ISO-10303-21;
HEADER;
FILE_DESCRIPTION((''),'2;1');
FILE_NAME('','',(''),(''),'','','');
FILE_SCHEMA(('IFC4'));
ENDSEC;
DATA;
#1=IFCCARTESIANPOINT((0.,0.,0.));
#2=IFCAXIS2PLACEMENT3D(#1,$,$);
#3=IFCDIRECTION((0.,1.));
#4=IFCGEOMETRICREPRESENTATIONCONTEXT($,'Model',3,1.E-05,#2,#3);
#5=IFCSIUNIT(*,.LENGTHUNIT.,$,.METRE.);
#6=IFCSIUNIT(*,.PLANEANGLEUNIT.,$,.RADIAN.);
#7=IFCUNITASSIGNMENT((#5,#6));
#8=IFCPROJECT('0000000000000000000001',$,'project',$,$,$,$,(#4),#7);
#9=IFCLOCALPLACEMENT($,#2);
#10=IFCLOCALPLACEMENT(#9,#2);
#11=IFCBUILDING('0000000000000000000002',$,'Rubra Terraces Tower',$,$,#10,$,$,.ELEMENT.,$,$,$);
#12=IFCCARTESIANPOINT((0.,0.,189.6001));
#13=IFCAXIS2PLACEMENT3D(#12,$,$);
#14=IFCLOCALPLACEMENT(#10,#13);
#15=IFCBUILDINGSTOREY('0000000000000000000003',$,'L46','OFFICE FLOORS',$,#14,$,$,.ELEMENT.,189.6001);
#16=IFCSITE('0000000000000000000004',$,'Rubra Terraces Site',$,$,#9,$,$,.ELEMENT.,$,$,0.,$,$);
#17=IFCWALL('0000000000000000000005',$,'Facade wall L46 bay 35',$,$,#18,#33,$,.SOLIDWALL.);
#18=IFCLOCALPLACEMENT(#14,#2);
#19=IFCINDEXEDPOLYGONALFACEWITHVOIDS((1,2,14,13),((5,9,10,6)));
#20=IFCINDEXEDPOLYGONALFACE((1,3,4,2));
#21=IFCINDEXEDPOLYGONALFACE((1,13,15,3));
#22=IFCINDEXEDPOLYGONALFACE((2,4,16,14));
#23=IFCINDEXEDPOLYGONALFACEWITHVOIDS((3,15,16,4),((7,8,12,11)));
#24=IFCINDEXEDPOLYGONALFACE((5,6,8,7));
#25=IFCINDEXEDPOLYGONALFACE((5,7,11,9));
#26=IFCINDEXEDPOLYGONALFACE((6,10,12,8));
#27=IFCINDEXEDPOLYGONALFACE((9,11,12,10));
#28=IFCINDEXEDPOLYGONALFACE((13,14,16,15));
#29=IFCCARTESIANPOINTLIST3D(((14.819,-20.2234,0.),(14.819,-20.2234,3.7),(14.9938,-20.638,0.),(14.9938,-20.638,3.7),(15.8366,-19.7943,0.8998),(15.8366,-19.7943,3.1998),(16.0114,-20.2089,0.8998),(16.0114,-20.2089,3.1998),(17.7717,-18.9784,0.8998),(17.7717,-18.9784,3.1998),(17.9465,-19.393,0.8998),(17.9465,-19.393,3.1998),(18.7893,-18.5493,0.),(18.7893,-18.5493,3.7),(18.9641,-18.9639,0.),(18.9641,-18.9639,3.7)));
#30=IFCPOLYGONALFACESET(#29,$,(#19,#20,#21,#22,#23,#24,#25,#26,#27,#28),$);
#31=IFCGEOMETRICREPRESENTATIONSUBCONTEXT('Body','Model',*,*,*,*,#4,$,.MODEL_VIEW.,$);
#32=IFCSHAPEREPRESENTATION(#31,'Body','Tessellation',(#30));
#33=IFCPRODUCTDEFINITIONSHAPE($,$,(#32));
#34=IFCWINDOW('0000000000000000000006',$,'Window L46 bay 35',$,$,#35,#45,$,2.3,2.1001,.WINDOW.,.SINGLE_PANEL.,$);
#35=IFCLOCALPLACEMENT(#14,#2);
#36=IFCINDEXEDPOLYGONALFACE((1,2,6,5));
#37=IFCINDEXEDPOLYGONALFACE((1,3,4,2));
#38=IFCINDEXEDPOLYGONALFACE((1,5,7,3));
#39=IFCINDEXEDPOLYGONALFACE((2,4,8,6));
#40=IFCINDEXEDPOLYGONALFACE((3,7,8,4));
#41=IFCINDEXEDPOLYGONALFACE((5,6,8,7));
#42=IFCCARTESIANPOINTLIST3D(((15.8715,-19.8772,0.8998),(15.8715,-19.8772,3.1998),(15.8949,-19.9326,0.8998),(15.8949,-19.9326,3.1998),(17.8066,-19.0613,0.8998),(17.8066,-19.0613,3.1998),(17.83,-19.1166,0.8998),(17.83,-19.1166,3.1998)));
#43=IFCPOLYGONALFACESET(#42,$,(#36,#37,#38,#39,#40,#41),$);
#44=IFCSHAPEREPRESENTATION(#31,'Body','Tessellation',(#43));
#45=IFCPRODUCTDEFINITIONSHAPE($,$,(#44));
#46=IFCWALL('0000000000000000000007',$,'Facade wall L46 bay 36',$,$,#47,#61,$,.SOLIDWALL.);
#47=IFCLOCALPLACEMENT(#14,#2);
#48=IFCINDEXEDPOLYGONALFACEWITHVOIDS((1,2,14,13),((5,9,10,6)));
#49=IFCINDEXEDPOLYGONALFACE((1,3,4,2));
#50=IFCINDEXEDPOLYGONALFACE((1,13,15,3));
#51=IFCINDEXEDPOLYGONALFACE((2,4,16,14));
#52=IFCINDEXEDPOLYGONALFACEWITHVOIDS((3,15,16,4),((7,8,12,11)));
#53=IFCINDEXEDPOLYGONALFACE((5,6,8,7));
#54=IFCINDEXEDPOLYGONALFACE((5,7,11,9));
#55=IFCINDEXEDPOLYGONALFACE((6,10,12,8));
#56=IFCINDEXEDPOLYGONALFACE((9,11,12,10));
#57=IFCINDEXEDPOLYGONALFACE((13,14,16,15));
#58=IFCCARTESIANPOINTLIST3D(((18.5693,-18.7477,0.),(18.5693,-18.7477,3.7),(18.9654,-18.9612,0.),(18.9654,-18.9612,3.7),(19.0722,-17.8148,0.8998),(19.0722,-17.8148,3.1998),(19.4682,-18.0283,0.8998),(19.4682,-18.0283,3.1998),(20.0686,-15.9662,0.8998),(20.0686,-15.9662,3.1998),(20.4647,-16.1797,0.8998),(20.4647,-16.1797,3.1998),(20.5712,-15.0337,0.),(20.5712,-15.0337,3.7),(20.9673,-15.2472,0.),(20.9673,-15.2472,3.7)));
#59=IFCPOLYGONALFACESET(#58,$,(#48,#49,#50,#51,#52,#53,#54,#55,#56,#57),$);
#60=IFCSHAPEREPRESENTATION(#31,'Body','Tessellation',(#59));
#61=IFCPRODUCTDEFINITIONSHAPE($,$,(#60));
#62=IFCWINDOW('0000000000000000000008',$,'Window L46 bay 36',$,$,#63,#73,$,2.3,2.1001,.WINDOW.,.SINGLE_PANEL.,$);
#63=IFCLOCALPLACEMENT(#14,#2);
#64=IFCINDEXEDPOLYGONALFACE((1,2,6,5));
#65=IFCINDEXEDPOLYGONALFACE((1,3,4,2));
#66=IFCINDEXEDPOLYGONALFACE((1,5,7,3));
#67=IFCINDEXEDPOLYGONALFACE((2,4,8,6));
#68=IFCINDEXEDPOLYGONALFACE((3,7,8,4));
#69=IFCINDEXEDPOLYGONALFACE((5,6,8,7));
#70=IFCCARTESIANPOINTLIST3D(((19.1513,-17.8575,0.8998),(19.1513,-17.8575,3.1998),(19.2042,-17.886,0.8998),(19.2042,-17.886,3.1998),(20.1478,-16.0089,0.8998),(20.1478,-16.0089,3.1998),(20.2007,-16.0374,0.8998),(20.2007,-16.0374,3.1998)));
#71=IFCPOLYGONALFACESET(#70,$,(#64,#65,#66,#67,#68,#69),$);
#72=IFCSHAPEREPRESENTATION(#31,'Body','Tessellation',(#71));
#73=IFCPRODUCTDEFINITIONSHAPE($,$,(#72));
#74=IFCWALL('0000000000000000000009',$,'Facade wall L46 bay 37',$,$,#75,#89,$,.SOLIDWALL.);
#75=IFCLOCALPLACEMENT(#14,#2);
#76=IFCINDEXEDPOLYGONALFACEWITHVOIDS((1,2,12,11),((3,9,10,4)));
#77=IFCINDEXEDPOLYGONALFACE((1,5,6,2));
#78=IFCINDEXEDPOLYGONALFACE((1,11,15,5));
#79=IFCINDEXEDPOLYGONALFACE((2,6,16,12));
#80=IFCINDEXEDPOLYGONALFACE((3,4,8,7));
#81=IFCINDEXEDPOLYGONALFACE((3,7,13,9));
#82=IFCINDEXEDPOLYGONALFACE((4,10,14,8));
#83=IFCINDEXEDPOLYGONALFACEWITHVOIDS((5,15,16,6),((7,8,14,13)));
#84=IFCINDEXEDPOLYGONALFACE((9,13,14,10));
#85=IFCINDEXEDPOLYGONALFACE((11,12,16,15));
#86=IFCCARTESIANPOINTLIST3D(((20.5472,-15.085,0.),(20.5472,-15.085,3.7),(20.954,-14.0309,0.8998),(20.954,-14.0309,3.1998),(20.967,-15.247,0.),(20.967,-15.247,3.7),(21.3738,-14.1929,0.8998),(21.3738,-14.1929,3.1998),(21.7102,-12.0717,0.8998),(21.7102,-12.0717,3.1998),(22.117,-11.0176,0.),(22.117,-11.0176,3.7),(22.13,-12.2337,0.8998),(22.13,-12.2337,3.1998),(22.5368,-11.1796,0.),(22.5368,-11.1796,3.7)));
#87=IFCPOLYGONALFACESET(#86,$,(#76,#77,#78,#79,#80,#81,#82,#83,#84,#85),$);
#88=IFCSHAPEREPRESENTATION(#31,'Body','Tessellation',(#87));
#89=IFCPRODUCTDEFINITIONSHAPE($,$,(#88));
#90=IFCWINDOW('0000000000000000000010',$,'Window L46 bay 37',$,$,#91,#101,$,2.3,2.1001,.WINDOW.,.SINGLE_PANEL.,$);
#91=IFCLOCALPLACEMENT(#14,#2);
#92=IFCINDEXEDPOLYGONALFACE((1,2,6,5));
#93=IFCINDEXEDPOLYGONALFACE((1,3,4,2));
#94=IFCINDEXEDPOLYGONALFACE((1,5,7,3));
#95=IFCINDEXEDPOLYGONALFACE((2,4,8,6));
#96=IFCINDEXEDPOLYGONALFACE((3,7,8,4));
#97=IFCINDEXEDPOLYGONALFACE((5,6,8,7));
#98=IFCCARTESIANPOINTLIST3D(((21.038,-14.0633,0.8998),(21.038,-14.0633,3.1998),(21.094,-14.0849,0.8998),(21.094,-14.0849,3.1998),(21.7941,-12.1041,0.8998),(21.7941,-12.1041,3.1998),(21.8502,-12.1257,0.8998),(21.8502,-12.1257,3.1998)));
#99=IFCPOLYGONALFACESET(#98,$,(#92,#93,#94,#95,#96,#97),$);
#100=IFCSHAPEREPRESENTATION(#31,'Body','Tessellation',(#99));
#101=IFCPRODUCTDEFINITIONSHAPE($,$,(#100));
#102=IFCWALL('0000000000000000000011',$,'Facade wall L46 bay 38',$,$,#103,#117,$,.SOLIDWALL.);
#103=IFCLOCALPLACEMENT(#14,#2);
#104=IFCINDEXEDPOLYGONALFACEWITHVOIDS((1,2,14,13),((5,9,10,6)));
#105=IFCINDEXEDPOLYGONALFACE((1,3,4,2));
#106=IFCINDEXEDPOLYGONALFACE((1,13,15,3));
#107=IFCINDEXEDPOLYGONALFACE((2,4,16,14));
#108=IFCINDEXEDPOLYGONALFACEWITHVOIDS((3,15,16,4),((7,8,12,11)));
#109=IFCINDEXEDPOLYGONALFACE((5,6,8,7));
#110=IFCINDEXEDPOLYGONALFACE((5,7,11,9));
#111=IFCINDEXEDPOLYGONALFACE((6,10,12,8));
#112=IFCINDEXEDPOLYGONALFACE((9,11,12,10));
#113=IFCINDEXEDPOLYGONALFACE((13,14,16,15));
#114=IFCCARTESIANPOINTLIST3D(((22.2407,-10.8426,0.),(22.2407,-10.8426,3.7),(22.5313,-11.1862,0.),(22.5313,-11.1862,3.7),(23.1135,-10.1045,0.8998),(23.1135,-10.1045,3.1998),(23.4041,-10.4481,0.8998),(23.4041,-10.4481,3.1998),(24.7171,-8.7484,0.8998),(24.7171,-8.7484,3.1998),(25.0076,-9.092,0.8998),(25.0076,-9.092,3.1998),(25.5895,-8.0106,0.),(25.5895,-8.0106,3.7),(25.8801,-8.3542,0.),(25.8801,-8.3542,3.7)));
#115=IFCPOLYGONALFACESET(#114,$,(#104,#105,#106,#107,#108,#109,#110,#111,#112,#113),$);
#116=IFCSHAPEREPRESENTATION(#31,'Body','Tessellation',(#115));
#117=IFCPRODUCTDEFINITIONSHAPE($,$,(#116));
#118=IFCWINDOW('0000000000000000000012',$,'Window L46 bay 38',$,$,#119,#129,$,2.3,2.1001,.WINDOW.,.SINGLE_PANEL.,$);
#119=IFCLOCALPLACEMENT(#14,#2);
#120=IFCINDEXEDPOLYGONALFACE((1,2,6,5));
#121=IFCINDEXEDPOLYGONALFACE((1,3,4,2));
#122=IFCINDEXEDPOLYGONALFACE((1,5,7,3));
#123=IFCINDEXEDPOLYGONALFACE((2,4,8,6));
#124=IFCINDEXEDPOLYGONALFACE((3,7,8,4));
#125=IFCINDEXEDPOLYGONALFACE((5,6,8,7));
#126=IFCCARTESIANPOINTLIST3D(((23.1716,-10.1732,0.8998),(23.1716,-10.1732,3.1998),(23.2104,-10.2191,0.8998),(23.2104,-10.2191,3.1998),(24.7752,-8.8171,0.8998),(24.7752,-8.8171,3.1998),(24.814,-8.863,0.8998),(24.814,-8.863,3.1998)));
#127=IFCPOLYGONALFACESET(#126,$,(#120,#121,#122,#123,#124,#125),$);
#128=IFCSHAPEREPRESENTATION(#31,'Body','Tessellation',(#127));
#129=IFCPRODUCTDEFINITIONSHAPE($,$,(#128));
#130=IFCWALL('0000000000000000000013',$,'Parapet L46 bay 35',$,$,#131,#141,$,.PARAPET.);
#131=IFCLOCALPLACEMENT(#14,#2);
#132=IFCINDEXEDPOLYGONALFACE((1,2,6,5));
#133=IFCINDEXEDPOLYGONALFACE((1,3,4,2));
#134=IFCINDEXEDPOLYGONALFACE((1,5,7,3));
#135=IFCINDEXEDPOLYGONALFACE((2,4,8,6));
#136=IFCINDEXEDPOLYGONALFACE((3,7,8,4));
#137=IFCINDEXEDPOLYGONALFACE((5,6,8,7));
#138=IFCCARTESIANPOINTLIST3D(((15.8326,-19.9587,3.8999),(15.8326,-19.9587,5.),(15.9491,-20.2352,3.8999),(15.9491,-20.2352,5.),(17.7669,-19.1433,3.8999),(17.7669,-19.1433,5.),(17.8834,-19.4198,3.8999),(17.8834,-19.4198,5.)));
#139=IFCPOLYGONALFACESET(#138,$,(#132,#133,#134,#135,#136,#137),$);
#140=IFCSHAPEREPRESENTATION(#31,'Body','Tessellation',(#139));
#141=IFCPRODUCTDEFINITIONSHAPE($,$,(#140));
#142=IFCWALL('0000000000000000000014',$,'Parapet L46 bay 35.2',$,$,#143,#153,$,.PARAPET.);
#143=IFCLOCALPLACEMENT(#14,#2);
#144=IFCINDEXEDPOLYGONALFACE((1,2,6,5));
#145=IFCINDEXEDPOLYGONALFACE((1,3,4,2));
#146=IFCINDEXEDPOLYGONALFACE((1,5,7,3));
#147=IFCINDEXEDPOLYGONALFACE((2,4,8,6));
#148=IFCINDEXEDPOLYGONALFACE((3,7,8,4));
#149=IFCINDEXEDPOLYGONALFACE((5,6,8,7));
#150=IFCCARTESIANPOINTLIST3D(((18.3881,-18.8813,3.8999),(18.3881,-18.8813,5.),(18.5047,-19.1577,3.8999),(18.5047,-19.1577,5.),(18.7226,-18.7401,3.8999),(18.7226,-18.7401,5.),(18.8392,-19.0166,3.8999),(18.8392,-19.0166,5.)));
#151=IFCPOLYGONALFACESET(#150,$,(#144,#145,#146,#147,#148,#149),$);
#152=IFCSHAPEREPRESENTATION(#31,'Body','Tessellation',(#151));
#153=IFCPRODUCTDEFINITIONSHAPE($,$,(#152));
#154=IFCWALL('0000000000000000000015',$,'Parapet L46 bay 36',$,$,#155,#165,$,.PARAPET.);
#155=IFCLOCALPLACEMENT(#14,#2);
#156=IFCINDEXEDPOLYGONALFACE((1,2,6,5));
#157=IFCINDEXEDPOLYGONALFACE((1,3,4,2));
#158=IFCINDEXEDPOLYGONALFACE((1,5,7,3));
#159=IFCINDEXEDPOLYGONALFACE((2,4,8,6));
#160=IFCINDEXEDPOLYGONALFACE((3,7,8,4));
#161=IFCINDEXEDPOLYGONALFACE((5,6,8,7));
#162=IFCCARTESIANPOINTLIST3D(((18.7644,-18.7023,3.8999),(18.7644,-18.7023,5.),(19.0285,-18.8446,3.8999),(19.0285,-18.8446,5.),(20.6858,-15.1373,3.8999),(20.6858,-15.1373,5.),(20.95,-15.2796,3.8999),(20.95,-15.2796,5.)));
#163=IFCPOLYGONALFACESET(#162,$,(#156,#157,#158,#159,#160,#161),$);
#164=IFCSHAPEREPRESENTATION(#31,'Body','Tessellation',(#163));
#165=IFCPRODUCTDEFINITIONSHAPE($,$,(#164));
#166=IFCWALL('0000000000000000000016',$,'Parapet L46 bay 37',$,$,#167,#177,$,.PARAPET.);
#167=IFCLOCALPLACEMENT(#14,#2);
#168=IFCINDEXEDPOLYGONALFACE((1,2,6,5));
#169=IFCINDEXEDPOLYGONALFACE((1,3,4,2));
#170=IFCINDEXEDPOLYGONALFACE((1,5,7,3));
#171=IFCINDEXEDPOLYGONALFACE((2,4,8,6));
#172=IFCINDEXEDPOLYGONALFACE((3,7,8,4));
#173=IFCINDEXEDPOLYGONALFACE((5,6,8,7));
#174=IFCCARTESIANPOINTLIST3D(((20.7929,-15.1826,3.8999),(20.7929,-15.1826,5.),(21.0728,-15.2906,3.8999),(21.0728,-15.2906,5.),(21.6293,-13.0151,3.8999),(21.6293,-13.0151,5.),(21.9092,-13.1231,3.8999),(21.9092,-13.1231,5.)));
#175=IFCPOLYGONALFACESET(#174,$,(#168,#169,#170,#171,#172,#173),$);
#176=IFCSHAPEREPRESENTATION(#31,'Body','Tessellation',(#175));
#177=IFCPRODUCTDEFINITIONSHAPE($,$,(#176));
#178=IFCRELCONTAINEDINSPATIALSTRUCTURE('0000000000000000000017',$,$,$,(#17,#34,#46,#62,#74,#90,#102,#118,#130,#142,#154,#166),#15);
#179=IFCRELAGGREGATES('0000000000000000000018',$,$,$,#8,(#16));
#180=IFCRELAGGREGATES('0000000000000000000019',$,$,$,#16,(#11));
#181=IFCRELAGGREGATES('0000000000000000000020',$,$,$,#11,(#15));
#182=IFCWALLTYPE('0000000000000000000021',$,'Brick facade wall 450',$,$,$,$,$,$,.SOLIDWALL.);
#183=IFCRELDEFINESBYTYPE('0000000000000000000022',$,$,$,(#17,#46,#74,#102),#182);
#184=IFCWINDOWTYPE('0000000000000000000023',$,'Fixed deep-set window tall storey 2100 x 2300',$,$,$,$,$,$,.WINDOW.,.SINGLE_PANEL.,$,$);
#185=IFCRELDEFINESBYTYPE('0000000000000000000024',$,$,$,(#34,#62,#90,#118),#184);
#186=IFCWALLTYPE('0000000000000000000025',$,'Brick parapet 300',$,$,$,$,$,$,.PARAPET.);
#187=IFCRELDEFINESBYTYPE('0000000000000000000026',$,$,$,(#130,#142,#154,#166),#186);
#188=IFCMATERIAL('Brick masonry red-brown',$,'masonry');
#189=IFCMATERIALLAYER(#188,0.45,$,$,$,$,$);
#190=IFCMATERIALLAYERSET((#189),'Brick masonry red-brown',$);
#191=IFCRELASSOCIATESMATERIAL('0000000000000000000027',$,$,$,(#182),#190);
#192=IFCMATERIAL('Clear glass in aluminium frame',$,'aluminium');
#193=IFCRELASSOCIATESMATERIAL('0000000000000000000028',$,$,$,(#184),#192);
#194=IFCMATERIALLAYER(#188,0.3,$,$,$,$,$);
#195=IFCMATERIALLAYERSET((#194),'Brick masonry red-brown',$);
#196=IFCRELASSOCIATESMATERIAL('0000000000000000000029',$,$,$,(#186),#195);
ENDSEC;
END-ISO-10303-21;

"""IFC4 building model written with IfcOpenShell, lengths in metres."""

from ifc_helpers import new_model, si_unit, direction, frame, frame_2d, origin, place, context, subcontext, project, spatial, rectangle, extrude, material, layer, layer_set, type_object, element, fill, save


model = new_model("IFC4")

# Units and contexts
model_context = context("Model", 3, precision=1e-05, world=origin(), true_north=direction((0.0, 1.0)))
body_context = subcontext(model_context, "Body", "Model", "MODEL_VIEW")
ifc_project = project(units=[si_unit("LENGTHUNIT", "METRE"), si_unit("PLANEANGLEUNIT", "RADIAN")], contexts=[model_context])

# Site, building, storey
site_placement = place(None, origin())
site = spatial("IfcSite", under=ifc_project, at=site_placement, Name="Rubra Terraces Site", CompositionType="ELEMENT", RefElevation=0.0)
building_placement = place(site_placement, origin())
building = spatial("IfcBuilding", under=site, at=building_placement, Name="Rubra Terraces Tower", CompositionType="ELEMENT")
storey_placement = place(building_placement, frame((0.0, 0.0, 189.6001)))
storey = spatial("IfcBuildingStorey", under=building, at=storey_placement, Name="L46", Description="OFFICE FLOORS", CompositionType="ELEMENT", Elevation=189.6001)

# Walls, openings, windows
ifc_material_1 = material(Name="Brick masonry red-brown", Category="masonry")
ifc_layer_1 = layer(ifc_material_1, 0.45)
ifc_layer_set_1 = layer_set([ifc_layer_1], Name="Brick masonry red-brown")
wall_type_1 = type_object("IfcWallType", Name="Brick facade wall 450", PredefinedType="SOLIDWALL", material=ifc_layer_set_1)
wall_1_placement = place(storey_placement, frame((14.9065, -20.4307, 0.0), z_axis=(0.0, 0.0, 1.0), x_axis=(0.921436, 0.388531, 0.0)))
wall_1 = element("IfcWall", 1, at=wall_1_placement, inside=storey, type_object=wall_type_1, Name="Facade wall L46 bay 35", PredefinedType="SOLIDWALL", context=body_context, shape_type="SweptSolid", body=[
    extrude(rectangle(XDim=4.3088, YDim=0.45, at=frame_2d((2.1543, 0.0))), origin(), (0.0, 0.0, 1.0), 3.7),
])
opening_1_placement = place(wall_1_placement, frame((1.1042, 0.0, 0.8999)))
opening_1 = element("IfcOpeningElement", 2, at=opening_1_placement, cuts=wall_1, PredefinedType="OPENING", context=body_context, shape_type="SweptSolid", body=[
    extrude(rectangle(XDim=2.1001, YDim=2.3, at=frame_2d((1.05, 1.1499))), frame((0.0, 0.2349, 0.0), z_axis=(0.0, -1.0, 0.0), x_axis=(1.0, 0.0, 0.0)), (0.0, 0.0, 1.0), 0.47),
])
ifc_material_2 = material(Name="Clear glass in aluminium frame", Category="aluminium")
window_type = type_object("IfcWindowType", Name="Fixed deep-set window tall storey 2100 x 2300", PartitioningType="SINGLE_PANEL", PredefinedType="WINDOW", material=ifc_material_2)
window_1_placement = place(opening_1_placement, origin())
window_1 = element("IfcWindow", 3, at=window_1_placement, inside=storey, type_object=window_type, Name="Window L46 bay 35", OverallHeight=2.3, OverallWidth=2.1001, PartitioningType="SINGLE_PANEL", PredefinedType="WINDOW", context=body_context, shape_type="SweptSolid", body=[
    extrude(rectangle(XDim=2.1001, YDim=2.3, at=frame_2d((1.05, 1.1499))), frame((0.0, 0.135, 0.0), z_axis=(0.0, -1.0, 0.0), x_axis=(1.0, 0.0, 0.0)), (0.0, 0.0, 1.0), 0.0601),
])
fill(opening_1, window_1)
wall_2_placement = place(storey_placement, frame((18.7673, -18.8545, 0.0), z_axis=(0.0, 0.0, 1.0), x_axis=(0.474476, 0.880268, 0.0)))
wall_2 = element("IfcWall", 4, at=wall_2_placement, inside=storey, type_object=wall_type_1, Name="Facade wall L46 bay 36", PredefinedType="SOLIDWALL", context=body_context, shape_type="SweptSolid", body=[
    extrude(rectangle(XDim=4.2192, YDim=0.45, at=frame_2d((2.1096, 0.0))), origin(), (0.0, 0.0, 1.0), 3.7),
])
opening_2_placement = place(wall_2_placement, frame((1.0598, 0.0, 0.8999)))
opening_2 = element("IfcOpeningElement", 5, at=opening_2_placement, cuts=wall_2, PredefinedType="OPENING", context=body_context, shape_type="SweptSolid", body=[
    extrude(rectangle(XDim=2.1001, YDim=2.3, at=frame_2d((1.05, 1.1499))), frame((0.0, 0.2349, 0.0), z_axis=(0.0, -1.0, 0.0), x_axis=(1.0, 0.0, 0.0)), (0.0, 0.0, 1.0), 0.47),
])
window_2_placement = place(opening_2_placement, origin())
window_2 = element("IfcWindow", 6, at=window_2_placement, inside=storey, type_object=window_type, Name="Window L46 bay 36", OverallHeight=2.3, OverallWidth=2.1001, PartitioningType="SINGLE_PANEL", PredefinedType="WINDOW", context=body_context, shape_type="SweptSolid", body=[
    extrude(rectangle(XDim=2.1001, YDim=2.3, at=frame_2d((1.05, 1.1499))), frame((0.0, 0.135, 0.0), z_axis=(0.0, -1.0, 0.0), x_axis=(1.0, 0.0, 0.0)), (0.0, 0.0, 1.0), 0.0601),
])
fill(opening_2, window_2)
wall_3_placement = place(storey_placement, frame((20.7571, -15.166, 0.0), z_axis=(0.0, 0.0, 1.0), x_axis=(0.360067, 0.932926, 0.0)))
wall_3 = element("IfcWall", 7, at=wall_3_placement, inside=storey, type_object=wall_type_1, Name="Facade wall L46 bay 37", PredefinedType="SOLIDWALL", context=body_context, shape_type="SweptSolid", body=[
    extrude(rectangle(XDim=4.3599, YDim=0.45, at=frame_2d((2.1799, 0.0))), origin(), (0.0, 0.0, 1.0), 3.7),
])
opening_3_placement = place(wall_3_placement, frame((1.1299, 0.0, 0.8999)))
opening_3 = element("IfcOpeningElement", 8, at=opening_3_placement, cuts=wall_3, PredefinedType="OPENING", context=body_context, shape_type="SweptSolid", body=[
    extrude(rectangle(XDim=2.1001, YDim=2.3, at=frame_2d((1.05, 1.1499))), frame((0.0, 0.2349, 0.0), z_axis=(0.0, -1.0, 0.0), x_axis=(1.0, 0.0, 0.0)), (0.0, 0.0, 1.0), 0.47),
])
window_3_placement = place(opening_3_placement, origin())
window_3 = element("IfcWindow", 9, at=window_3_placement, inside=storey, type_object=window_type, Name="Window L46 bay 37", OverallHeight=2.3, OverallWidth=2.1001, PartitioningType="SINGLE_PANEL", PredefinedType="WINDOW", context=body_context, shape_type="SweptSolid", body=[
    extrude(rectangle(XDim=2.1001, YDim=2.3, at=frame_2d((1.05, 1.1499))), frame((0.0, 0.135, 0.0), z_axis=(0.0, -1.0, 0.0), x_axis=(1.0, 0.0, 0.0)), (0.0, 0.0, 1.0), 0.0601),
])
fill(opening_3, window_3)
wall_4_placement = place(storey_placement, frame((22.386, -11.0144, 0.0), z_axis=(0.0, 0.0, 1.0), x_axis=(0.76357, 0.645725, 0.0)))
wall_4 = element("IfcWall", 10, at=wall_4_placement, inside=storey, type_object=wall_type_1, Name="Facade wall L46 bay 38", PredefinedType="SOLIDWALL", context=body_context, shape_type="SweptSolid", body=[
    extrude(rectangle(XDim=4.3857, YDim=0.45, at=frame_2d((2.1929, 0.0))), origin(), (0.0, 0.0, 1.0), 3.7),
])
opening_4_placement = place(wall_4_placement, frame((1.1431, 0.0, 0.8999)))
opening_4 = element("IfcOpeningElement", 11, at=opening_4_placement, cuts=wall_4, PredefinedType="OPENING", context=body_context, shape_type="SweptSolid", body=[
    extrude(rectangle(XDim=2.1001, YDim=2.3, at=frame_2d((1.05, 1.1499))), frame((0.0, 0.2349, 0.0), z_axis=(0.0, -1.0, 0.0), x_axis=(1.0, 0.0, 0.0)), (0.0, 0.0, 1.0), 0.47),
])
window_4_placement = place(opening_4_placement, origin())
window_4 = element("IfcWindow", 12, at=window_4_placement, inside=storey, type_object=window_type, Name="Window L46 bay 38", OverallHeight=2.3, OverallWidth=2.1001, PartitioningType="SINGLE_PANEL", PredefinedType="WINDOW", context=body_context, shape_type="SweptSolid", body=[
    extrude(rectangle(XDim=2.1001, YDim=2.3, at=frame_2d((1.05, 1.1499))), frame((0.0, 0.135, 0.0), z_axis=(0.0, -1.0, 0.0), x_axis=(1.0, 0.0, 0.0)), (0.0, 0.0, 1.0), 0.0601),
])
fill(opening_4, window_4)

# Walls
ifc_layer_2 = layer(ifc_material_1, 0.3)
ifc_layer_set_2 = layer_set([ifc_layer_2], Name="Brick masonry red-brown")
wall_type_2 = type_object("IfcWallType", Name="Brick parapet 300", PredefinedType="PARAPET", material=ifc_layer_set_2)
wall_5_placement = place(storey_placement, frame((15.8909, -20.0969, 3.8999), z_axis=(0.0, 0.0, 1.0), x_axis=(0.921469, 0.388452, 0.0)))
element("IfcWall", 13, at=wall_5_placement, inside=storey, type_object=wall_type_2, Name="Parapet L46 bay 35", PredefinedType="PARAPET", context=body_context, shape_type="SweptSolid", body=[
    extrude(rectangle(XDim=2.0991, YDim=0.3, at=frame_2d((1.0496, 0.0))), origin(), (0.0, 0.0, 1.0), 1.1001),
])
wall_6_placement = place(storey_placement, frame((18.4463, -19.0195, 3.8999), z_axis=(0.0, 0.0, 1.0), x_axis=(0.921357, 0.388718, 0.0)))
element("IfcWall", 14, at=wall_6_placement, inside=storey, type_object=wall_type_2, Name="Parapet L46 bay 35.2", PredefinedType="PARAPET", context=body_context, shape_type="SweptSolid", body=[
    extrude(rectangle(XDim=0.363, YDim=0.3, at=frame_2d((0.1816, 0.0))), origin(), (0.0, 0.0, 1.0), 1.1001),
])
wall_7_placement = place(storey_placement, frame((18.8965, -18.7734, 3.8999), z_axis=(0.0, 0.0, 1.0), x_axis=(0.474445, 0.880285, 0.0)))
element("IfcWall", 15, at=wall_7_placement, inside=storey, type_object=wall_type_2, Name="Parapet L46 bay 36", PredefinedType="PARAPET", context=body_context, shape_type="SweptSolid", body=[
    extrude(rectangle(XDim=4.0498, YDim=0.3, at=frame_2d((2.0249, 0.0))), origin(), (0.0, 0.0, 1.0), 1.1001),
])
wall_8_placement = place(storey_placement, frame((20.9329, -15.2366, 3.8999), z_axis=(0.0, 0.0, 1.0), x_axis=(0.360021, 0.932944, 0.0)))
element("IfcWall", 16, at=wall_8_placement, inside=storey, type_object=wall_type_2, Name="Parapet L46 bay 37", PredefinedType="PARAPET", context=body_context, shape_type="SweptSolid", body=[
    extrude(rectangle(XDim=2.3232, YDim=0.3, at=frame_2d((1.1616, 0.0))), origin(), (0.0, 0.0, 1.0), 1.1001),
])

save(model, "model.ifc")
